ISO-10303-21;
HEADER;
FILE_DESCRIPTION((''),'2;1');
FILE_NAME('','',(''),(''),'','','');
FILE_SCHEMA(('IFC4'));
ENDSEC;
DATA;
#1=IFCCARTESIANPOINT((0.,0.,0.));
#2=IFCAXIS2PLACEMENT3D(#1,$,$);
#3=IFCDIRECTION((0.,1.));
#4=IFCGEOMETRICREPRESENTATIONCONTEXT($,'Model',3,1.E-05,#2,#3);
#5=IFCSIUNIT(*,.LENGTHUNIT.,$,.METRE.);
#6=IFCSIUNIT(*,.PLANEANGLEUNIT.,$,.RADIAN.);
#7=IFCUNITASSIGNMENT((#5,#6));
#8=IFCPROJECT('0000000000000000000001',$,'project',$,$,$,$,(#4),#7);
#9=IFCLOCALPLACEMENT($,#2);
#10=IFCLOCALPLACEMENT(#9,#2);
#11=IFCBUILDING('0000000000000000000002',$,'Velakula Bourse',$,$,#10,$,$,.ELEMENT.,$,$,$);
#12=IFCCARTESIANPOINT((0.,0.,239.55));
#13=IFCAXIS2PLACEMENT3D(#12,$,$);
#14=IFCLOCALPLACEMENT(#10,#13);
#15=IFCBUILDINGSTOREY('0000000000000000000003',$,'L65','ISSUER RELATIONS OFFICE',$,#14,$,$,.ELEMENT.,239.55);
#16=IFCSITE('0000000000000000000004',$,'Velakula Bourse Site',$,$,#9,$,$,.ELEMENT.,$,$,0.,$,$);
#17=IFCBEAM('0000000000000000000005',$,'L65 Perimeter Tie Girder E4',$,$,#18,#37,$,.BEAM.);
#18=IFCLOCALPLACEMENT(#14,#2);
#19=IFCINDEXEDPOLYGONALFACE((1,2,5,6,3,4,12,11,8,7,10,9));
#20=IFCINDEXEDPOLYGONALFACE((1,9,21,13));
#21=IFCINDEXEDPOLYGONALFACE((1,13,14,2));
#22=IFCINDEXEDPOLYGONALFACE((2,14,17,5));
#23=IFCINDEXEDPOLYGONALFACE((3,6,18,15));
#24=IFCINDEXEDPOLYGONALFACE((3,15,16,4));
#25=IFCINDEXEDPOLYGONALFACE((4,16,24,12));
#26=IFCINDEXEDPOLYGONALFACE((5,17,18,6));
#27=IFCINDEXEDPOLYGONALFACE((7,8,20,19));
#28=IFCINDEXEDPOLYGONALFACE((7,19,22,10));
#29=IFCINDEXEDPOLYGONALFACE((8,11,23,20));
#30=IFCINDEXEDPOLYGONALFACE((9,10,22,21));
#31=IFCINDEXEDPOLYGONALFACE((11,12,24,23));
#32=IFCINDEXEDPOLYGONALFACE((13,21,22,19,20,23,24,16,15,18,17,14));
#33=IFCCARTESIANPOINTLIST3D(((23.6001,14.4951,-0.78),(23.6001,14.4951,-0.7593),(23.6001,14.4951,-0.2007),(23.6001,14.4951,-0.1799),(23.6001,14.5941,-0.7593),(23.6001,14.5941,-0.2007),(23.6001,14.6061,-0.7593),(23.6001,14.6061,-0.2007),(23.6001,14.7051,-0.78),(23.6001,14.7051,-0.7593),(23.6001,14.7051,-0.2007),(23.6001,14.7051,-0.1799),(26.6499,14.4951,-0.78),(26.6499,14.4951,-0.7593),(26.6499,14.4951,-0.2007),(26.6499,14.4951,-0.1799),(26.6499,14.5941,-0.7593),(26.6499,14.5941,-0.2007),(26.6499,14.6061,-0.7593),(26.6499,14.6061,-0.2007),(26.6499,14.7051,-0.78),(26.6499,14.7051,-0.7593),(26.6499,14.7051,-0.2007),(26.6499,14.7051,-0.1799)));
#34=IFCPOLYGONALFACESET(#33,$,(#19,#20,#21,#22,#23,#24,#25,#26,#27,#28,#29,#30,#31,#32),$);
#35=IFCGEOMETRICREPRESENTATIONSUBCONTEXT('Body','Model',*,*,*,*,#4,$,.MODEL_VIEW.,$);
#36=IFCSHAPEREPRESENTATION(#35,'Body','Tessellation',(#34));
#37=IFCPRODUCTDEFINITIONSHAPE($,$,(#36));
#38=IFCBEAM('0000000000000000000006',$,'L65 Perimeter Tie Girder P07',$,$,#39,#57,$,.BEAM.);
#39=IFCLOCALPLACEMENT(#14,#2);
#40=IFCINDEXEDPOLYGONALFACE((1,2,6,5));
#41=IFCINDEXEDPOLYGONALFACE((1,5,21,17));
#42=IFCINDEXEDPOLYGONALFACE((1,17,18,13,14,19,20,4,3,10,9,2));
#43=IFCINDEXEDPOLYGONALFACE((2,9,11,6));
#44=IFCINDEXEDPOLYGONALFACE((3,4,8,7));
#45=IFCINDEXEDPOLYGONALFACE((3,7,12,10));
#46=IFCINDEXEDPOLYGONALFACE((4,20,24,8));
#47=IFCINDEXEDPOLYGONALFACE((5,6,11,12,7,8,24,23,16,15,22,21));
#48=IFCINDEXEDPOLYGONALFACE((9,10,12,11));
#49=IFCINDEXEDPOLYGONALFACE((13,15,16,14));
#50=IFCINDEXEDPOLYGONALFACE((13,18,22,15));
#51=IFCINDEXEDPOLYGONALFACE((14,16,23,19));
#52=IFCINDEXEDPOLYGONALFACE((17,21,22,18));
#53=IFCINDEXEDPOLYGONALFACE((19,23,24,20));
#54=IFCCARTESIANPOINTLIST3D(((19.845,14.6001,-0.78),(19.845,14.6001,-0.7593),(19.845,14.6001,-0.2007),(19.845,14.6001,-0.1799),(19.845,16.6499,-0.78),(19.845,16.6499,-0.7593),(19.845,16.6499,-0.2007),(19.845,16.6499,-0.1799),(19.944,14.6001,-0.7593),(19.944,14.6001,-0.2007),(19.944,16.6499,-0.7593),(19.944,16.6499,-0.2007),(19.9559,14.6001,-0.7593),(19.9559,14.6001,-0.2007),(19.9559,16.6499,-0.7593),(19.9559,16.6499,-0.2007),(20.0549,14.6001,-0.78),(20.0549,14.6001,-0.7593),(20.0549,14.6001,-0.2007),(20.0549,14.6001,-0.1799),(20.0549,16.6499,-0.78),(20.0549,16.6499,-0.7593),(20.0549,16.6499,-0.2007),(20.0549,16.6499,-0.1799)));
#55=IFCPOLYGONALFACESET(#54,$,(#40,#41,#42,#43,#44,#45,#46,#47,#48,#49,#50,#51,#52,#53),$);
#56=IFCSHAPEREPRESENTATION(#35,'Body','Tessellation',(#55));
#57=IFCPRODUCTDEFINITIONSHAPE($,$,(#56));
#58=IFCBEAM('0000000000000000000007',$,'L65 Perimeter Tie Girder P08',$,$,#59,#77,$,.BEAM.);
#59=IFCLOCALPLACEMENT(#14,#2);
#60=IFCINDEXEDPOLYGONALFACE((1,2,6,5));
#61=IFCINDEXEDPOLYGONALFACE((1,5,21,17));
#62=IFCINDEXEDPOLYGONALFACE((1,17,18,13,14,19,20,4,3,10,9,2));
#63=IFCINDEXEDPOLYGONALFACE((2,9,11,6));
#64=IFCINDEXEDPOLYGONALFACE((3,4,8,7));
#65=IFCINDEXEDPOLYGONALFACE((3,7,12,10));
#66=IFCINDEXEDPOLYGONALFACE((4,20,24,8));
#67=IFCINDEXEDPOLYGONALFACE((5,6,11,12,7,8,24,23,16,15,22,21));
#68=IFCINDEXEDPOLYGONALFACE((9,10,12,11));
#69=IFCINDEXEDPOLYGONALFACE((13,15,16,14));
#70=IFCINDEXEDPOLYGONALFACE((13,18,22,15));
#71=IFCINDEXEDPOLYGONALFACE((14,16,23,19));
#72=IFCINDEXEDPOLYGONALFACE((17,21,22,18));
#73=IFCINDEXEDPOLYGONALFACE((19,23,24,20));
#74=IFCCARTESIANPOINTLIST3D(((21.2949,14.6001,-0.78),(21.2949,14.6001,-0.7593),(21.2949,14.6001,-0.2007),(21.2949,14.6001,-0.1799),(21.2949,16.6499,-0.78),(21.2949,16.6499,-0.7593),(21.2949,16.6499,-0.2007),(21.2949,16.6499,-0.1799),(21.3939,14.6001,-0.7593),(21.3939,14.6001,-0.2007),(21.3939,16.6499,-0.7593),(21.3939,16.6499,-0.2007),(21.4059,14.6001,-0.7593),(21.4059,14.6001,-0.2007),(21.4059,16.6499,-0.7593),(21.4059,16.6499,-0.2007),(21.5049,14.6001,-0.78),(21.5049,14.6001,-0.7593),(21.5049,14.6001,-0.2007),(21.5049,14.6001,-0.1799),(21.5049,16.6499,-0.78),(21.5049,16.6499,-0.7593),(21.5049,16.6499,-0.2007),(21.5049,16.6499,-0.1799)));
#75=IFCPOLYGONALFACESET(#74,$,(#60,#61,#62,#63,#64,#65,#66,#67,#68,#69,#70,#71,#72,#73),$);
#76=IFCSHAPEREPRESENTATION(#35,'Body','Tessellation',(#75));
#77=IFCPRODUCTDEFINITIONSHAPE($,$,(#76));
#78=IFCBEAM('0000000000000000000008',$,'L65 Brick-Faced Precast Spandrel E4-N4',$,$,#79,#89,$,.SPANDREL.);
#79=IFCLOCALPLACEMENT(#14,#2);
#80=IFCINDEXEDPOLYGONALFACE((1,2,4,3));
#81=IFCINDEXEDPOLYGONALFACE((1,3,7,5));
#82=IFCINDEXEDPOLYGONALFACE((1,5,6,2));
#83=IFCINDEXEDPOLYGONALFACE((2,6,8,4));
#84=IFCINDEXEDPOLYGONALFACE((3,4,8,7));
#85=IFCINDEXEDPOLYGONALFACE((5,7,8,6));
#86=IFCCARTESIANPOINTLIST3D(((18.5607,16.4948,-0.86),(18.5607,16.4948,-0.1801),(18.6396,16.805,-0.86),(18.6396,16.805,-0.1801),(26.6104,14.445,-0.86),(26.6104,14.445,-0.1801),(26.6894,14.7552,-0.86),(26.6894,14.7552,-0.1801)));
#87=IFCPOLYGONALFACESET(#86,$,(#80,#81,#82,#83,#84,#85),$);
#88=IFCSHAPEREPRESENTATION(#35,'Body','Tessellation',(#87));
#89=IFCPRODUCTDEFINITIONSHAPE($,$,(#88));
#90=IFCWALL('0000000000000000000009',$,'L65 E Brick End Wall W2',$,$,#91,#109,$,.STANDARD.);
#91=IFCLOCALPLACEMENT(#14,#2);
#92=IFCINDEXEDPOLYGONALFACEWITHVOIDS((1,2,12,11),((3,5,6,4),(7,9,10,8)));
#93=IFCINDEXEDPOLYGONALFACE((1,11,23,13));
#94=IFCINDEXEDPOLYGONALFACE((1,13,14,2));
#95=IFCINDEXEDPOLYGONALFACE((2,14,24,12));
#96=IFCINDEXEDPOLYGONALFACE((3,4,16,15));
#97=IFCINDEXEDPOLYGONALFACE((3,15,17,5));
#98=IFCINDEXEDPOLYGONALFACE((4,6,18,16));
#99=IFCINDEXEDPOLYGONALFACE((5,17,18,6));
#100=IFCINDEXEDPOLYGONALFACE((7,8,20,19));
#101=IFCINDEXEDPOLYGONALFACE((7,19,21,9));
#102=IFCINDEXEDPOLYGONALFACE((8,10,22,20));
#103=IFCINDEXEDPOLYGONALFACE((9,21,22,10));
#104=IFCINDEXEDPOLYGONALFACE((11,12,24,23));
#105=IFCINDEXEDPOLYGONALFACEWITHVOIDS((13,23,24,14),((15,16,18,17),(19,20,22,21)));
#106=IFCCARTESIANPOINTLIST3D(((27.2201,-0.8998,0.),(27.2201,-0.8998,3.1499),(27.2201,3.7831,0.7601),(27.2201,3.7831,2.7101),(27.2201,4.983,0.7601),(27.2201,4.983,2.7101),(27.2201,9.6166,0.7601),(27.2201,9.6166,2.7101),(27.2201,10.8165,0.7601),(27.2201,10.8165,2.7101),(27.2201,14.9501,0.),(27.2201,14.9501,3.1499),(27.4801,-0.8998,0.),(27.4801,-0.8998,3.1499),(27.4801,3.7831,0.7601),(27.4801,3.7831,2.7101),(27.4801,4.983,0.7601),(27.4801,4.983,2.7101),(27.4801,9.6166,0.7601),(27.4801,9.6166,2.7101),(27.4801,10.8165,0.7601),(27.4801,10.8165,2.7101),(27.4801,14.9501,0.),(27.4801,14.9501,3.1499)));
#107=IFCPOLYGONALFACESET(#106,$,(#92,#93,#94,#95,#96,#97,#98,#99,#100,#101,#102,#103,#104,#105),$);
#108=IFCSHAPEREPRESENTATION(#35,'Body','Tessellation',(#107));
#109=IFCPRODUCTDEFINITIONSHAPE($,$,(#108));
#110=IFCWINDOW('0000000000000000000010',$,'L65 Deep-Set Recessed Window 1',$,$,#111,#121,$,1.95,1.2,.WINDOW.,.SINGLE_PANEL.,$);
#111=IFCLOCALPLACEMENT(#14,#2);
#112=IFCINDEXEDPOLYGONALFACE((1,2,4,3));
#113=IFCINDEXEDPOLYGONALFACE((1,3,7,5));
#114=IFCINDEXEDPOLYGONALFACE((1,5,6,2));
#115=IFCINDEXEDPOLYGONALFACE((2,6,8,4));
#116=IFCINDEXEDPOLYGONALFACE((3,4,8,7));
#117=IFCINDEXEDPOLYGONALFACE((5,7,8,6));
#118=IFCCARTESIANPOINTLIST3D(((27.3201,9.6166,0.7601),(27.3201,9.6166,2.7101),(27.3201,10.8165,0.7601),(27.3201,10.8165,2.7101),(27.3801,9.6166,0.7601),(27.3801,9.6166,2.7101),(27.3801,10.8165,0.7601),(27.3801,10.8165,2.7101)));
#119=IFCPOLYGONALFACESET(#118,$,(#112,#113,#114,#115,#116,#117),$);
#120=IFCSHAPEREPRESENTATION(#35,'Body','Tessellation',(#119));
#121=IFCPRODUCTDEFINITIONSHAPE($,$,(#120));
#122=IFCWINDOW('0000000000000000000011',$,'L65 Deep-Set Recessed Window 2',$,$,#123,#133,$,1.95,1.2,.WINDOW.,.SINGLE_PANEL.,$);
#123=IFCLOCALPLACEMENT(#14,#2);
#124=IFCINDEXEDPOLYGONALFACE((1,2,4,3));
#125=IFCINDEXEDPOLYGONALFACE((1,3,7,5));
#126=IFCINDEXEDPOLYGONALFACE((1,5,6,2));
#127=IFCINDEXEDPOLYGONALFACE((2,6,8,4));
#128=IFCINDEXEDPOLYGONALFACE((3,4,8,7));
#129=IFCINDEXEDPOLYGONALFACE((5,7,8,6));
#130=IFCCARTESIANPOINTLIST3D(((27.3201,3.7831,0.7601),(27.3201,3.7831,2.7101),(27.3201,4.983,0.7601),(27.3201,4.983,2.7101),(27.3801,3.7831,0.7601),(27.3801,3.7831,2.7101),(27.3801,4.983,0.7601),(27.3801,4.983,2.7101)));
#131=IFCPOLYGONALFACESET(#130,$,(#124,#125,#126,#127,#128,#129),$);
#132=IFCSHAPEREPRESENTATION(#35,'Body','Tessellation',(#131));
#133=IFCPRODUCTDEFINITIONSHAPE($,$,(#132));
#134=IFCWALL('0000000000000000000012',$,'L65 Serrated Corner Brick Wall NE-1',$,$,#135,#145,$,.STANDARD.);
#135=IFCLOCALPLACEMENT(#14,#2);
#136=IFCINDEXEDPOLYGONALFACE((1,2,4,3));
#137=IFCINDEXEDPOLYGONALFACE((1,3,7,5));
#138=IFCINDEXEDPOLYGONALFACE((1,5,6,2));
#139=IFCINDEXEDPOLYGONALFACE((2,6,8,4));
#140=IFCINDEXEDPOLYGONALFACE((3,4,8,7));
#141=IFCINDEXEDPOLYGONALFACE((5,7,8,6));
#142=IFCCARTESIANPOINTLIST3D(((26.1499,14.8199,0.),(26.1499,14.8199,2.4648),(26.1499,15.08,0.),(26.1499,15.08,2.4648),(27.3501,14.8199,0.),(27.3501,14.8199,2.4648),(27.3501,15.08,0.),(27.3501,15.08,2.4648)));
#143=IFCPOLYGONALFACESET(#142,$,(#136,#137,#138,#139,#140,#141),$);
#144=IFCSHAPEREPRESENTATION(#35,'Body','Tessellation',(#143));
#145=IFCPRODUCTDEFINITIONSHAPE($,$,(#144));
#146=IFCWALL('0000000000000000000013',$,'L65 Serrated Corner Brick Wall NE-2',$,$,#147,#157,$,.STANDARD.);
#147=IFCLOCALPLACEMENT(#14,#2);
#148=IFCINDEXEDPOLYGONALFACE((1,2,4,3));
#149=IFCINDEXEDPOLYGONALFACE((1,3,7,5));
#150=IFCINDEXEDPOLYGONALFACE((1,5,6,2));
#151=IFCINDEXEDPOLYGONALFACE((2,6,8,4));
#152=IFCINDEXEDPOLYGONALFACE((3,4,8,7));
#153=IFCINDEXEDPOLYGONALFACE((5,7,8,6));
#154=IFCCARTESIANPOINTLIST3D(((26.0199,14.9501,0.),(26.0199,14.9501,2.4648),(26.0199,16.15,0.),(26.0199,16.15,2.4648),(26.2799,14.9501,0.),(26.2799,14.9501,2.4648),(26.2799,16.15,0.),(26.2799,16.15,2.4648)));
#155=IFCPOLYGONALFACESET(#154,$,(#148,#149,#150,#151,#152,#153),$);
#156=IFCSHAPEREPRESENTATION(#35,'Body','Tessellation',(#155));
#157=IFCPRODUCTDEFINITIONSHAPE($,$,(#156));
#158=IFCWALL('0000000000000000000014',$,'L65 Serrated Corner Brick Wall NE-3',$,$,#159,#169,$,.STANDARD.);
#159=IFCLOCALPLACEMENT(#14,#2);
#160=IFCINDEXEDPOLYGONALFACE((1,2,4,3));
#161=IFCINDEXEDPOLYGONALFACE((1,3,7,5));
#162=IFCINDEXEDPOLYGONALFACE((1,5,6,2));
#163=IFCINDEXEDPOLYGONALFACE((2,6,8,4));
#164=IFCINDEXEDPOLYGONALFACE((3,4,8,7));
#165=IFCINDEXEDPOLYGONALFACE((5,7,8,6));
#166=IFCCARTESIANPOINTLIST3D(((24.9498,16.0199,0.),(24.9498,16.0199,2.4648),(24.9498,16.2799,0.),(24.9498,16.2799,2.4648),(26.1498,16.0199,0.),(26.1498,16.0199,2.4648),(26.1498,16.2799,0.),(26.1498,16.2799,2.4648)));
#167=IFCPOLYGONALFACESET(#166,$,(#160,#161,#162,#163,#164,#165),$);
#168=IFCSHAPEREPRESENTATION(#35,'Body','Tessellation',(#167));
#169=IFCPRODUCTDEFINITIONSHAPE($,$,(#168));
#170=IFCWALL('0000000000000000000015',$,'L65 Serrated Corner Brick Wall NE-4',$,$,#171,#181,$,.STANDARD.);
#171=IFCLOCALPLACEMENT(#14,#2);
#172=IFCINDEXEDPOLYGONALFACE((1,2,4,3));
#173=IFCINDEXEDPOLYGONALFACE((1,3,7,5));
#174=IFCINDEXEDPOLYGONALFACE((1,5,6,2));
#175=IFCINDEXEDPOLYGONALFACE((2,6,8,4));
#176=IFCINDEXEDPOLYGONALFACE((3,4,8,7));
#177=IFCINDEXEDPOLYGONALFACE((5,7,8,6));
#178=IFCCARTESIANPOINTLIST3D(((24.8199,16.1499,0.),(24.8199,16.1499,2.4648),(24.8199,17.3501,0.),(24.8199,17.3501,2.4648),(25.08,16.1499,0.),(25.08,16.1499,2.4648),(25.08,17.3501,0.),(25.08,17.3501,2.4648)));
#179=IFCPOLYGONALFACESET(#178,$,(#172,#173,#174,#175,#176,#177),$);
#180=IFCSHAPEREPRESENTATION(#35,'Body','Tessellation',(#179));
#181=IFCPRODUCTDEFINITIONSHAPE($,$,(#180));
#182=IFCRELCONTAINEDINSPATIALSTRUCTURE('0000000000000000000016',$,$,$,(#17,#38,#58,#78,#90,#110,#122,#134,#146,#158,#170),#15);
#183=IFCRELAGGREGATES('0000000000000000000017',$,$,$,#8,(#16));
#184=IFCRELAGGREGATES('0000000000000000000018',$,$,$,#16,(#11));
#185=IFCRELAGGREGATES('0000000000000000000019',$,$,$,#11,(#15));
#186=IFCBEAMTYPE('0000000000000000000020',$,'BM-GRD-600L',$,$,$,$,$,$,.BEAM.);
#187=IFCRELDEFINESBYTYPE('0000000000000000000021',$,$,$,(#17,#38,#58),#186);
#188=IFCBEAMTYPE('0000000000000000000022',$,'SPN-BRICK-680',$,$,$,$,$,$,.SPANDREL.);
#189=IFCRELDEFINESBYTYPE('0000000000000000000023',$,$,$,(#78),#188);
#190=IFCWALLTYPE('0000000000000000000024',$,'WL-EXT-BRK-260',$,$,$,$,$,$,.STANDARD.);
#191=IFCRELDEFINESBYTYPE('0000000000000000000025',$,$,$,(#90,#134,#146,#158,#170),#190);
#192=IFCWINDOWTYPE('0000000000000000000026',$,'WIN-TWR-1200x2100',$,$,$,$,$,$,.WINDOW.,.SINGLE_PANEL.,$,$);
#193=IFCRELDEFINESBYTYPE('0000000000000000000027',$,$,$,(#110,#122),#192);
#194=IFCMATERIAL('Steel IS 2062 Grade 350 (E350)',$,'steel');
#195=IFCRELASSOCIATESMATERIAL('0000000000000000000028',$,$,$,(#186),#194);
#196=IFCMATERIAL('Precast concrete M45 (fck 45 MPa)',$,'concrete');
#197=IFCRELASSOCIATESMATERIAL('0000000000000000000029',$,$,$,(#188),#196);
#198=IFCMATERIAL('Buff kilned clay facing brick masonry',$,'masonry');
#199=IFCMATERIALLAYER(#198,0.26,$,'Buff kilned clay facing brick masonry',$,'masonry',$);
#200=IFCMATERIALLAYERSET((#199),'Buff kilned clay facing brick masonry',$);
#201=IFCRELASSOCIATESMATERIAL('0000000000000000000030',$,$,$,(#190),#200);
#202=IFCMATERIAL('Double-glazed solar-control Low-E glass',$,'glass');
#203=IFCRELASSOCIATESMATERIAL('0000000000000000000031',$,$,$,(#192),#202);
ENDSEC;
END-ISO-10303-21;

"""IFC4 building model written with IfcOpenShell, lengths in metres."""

from ifc_helpers import new_model, si_unit, direction, frame, frame_2d, origin, origin_2d, place, context, subcontext, project, spatial, rectangle, i_section, extrude, material, layer, layer_set, material_profile, profile_set, type_object, element, fill, save


model = new_model("IFC4")

# Units and contexts
model_context = context("Model", 3, precision=1e-05, world=origin(), true_north=direction((0.0, 1.0)))
body_context = subcontext(model_context, "Body", "Model", "MODEL_VIEW")
ifc_project = project(units=[si_unit("LENGTHUNIT", "METRE"), si_unit("PLANEANGLEUNIT", "RADIAN")], contexts=[model_context])

# Site, building, storey
site_placement = place(None, origin())
site = spatial("IfcSite", under=ifc_project, at=site_placement, Name="Velakula Bourse Site", CompositionType="ELEMENT", RefElevation=0.0)
building_placement = place(site_placement, origin())
building = spatial("IfcBuilding", under=site, at=building_placement, Name="Velakula Bourse", CompositionType="ELEMENT")
storey_placement = place(building_placement, frame((0.0, 0.0, 239.55)))
storey = spatial("IfcBuildingStorey", under=building, at=storey_placement, Name="L65", Description="ISSUER RELATIONS OFFICE", CompositionType="ELEMENT", Elevation=239.55)

# Shared definitions
ifc_material_1 = material(Name="Steel IS 2062 Grade 350 (E350)", Category="steel")
ifc_material_2 = material(Name="Precast concrete M45 (fck 45 MPa)", Category="concrete")

# Beams
ifc_material_profile_1 = material_profile(ifc_material_1, i_section(OverallWidth=0.21, OverallDepth=0.6001, WebThickness=0.012, FlangeThickness=0.0208, at=origin_2d()), Name="Steel IS 2062 Grade 350 (E350)")
ifc_profile_set_1 = profile_set([ifc_material_profile_1], Name="Steel IS 2062 Grade 350 (E350)")
beam_type_1 = type_object("IfcBeamType", Name="BM-GRD-600L", PredefinedType="BEAM", material=ifc_profile_set_1)
beam_1_placement = place(storey_placement, frame((23.6001, 14.6001, -0.48), z_axis=(1.0, 0.0, 0.0), x_axis=(0.0, 1.0, 0.0)))
element("IfcBeam", 1, at=beam_1_placement, inside=storey, type_object=beam_type_1, Name="L65 Perimeter Tie Girder E4", PredefinedType="BEAM", context=body_context, shape_type="SweptSolid", body=[
    extrude(i_section(OverallWidth=0.21, OverallDepth=0.6001, WebThickness=0.012, FlangeThickness=0.0208, at=origin_2d()), origin(), (0.0, 0.0, 1.0), 3.0498),
])
for number, where, z_axis, x_axis, name in (
    (2, (19.95, 14.6001, -0.48), (0.0, 1.0, 0.0), (-1.0, 0.0, 0.0), "L65 Perimeter Tie Girder P07"),
    (3, (21.3999, 14.6001, -0.48), (0.0, 1.0, 0.0), (-1.0, 0.0, 0.0), "L65 Perimeter Tie Girder P08"),
):
    element("IfcBeam", number, at=place(storey_placement, frame(where, z_axis=z_axis, x_axis=x_axis)), inside=storey, type_object=beam_type_1, Name=name, PredefinedType="BEAM", context=body_context, shape_type="SweptSolid", body=[
        extrude(i_section(OverallWidth=0.21, OverallDepth=0.6001, WebThickness=0.012, FlangeThickness=0.0208, at=origin_2d()), origin(), (0.0, 0.0, 1.0), 2.0498),
    ])
ifc_material_profile_2 = material_profile(ifc_material_2, rectangle(XDim=0.3201, YDim=0.6799, at=origin_2d()), Name="Precast concrete M45 (fck 45 MPa)")
ifc_profile_set_2 = profile_set([ifc_material_profile_2], Name="Precast concrete M45 (fck 45 MPa)")
beam_type_2 = type_object("IfcBeamType", Name="SPN-BRICK-680", PredefinedType="SPANDREL", material=ifc_profile_set_2)
beam_2_placement = place(storey_placement, frame((26.6499, 14.6001, -0.52), z_axis=(-0.969075, 0.246766, 0.0), x_axis=(-0.246766, -0.969075, 0.0)))
element("IfcBeam", 4, at=beam_2_placement, inside=storey, type_object=beam_type_2, Name="L65 Brick-Faced Precast Spandrel E4-N4", PredefinedType="SPANDREL", context=body_context, shape_type="SweptSolid", body=[
    extrude(rectangle(XDim=0.3201, YDim=0.6799, at=origin_2d()), origin(), (0.0, 0.0, 1.0), 8.3066),
])

# Wall, openings, windows
ifc_material_3 = material(Name="Buff kilned clay facing brick masonry", Category="masonry")
ifc_layer_1 = layer(ifc_material_3, 0.26, Name="Buff kilned clay facing brick masonry", Category="masonry")
ifc_layer_set_1 = layer_set([ifc_layer_1], Name="Buff kilned clay facing brick masonry")
wall_type_1 = type_object("IfcWallType", Name="WL-EXT-BRK-260", PredefinedType="STANDARD", material=ifc_layer_set_1)
wall_1_placement = place(storey_placement, frame((27.3501, 14.95, 0.0), z_axis=(0.0, 0.0, 1.0), x_axis=(0.0, -1.0, 0.0)))
wall_1 = element("IfcWall", 5, at=wall_1_placement, inside=storey, type_object=wall_type_1, Name="L65 E Brick End Wall W2", PredefinedType="STANDARD", context=body_context, shape_type="SweptSolid", body=[
    extrude(rectangle(XDim=15.8499, YDim=0.26, at=frame_2d((7.9248, 0.0))), origin(), (0.0, 0.0, 1.0), 3.1499),
])
opening_1_placement = place(wall_1_placement, frame((4.1333, 0.0, 0.76)))
opening_1 = element("IfcOpeningElement", 6, at=opening_1_placement, cuts=wall_1, PredefinedType="OPENING", context=body_context, shape_type="SweptSolid", body=[
    extrude(rectangle(XDim=1.2, YDim=1.95, at=frame_2d((0.6001, 0.9751))), frame((0.0, 0.1399, 0.0), z_axis=(0.0, -1.0, 0.0), x_axis=(1.0, 0.0, 0.0)), (0.0, 0.0, 1.0), 0.28),
])
opening_2_placement = place(wall_1_placement, frame((9.9668, 0.0, 0.76)))
opening_2 = element("IfcOpeningElement", 7, at=opening_2_placement, cuts=wall_1, PredefinedType="OPENING", context=body_context, shape_type="SweptSolid", body=[
    extrude(rectangle(XDim=1.2, YDim=1.95, at=frame_2d((0.6001, 0.9751))), frame((0.0, 0.1399, 0.0), z_axis=(0.0, -1.0, 0.0), x_axis=(1.0, 0.0, 0.0)), (0.0, 0.0, 1.0), 0.28),
])
ifc_material_4 = material(Name="Double-glazed solar-control Low-E glass", Category="glass")
window_type = type_object("IfcWindowType", Name="WIN-TWR-1200x2100", PartitioningType="SINGLE_PANEL", PredefinedType="WINDOW", material=ifc_material_4)
window_1_placement = place(opening_1_placement, origin())
window_1 = element("IfcWindow", 8, at=window_1_placement, inside=storey, type_object=window_type, Name="L65 Deep-Set Recessed Window 1", OverallHeight=1.95, OverallWidth=1.2, PartitioningType="SINGLE_PANEL", PredefinedType="WINDOW", context=body_context, shape_type="SweptSolid", body=[
    extrude(rectangle(XDim=1.2, YDim=1.95, at=frame_2d((0.6001, 0.9751))), frame((0.0, 0.03, 0.0), z_axis=(0.0, -1.0, 0.0), x_axis=(1.0, 0.0, 0.0)), (0.0, 0.0, 1.0), 0.0601),
])
fill(opening_1, window_1)
window_2_placement = place(opening_2_placement, origin())
window_2 = element("IfcWindow", 9, at=window_2_placement, inside=storey, type_object=window_type, Name="L65 Deep-Set Recessed Window 2", OverallHeight=1.95, OverallWidth=1.2, PartitioningType="SINGLE_PANEL", PredefinedType="WINDOW", context=body_context, shape_type="SweptSolid", body=[
    extrude(rectangle(XDim=1.2, YDim=1.95, at=frame_2d((0.6001, 0.9751))), frame((0.0, 0.03, 0.0), z_axis=(0.0, -1.0, 0.0), x_axis=(1.0, 0.0, 0.0)), (0.0, 0.0, 1.0), 0.0601),
])
fill(opening_2, window_2)

# Walls
wall_2_placement = place(storey_placement, frame((27.3501, 14.95, 0.0), z_axis=(0.0, 0.0, 1.0), x_axis=(-1.0, 0.0, 0.0)))
element("IfcWall", 10, at=wall_2_placement, inside=storey, type_object=wall_type_1, Name="L65 Serrated Corner Brick Wall NE-1", PredefinedType="STANDARD", context=body_context, shape_type="SweptSolid", body=[
    extrude(rectangle(XDim=1.2002, YDim=0.26, at=frame_2d((0.6001, 0.0))), origin(), (0.0, 0.0, 1.0), 2.4648),
])
for number, where, z_axis, x_axis, name in (
    (11, (26.1499, 14.95, 0.0), (0.0, 0.0, 1.0), (0.0, 1.0, 0.0), "L65 Serrated Corner Brick Wall NE-2"),
    (12, (26.1499, 16.1499, 0.0), (0.0, 0.0, 1.0), (-1.0, 0.0, 0.0), "L65 Serrated Corner Brick Wall NE-3"),
):
    element("IfcWall", number, at=place(storey_placement, frame(where, z_axis=z_axis, x_axis=x_axis)), inside=storey, type_object=wall_type_1, Name=name, PredefinedType="STANDARD", context=body_context, shape_type="SweptSolid", body=[
        extrude(rectangle(XDim=1.2, YDim=0.26, at=frame_2d((0.6001, 0.0))), origin(), (0.0, 0.0, 1.0), 2.4648),
    ])
wall_3_placement = place(storey_placement, frame((24.95, 16.1499, 0.0), z_axis=(0.0, 0.0, 1.0), x_axis=(0.0, 1.0, 0.0)))
element("IfcWall", 13, at=wall_3_placement, inside=storey, type_object=wall_type_1, Name="L65 Serrated Corner Brick Wall NE-4", PredefinedType="STANDARD", context=body_context, shape_type="SweptSolid", body=[
    extrude(rectangle(XDim=1.2002, YDim=0.26, at=frame_2d((0.6001, 0.0))), origin(), (0.0, 0.0, 1.0), 2.4648),
])

save(model, "model.ifc")
